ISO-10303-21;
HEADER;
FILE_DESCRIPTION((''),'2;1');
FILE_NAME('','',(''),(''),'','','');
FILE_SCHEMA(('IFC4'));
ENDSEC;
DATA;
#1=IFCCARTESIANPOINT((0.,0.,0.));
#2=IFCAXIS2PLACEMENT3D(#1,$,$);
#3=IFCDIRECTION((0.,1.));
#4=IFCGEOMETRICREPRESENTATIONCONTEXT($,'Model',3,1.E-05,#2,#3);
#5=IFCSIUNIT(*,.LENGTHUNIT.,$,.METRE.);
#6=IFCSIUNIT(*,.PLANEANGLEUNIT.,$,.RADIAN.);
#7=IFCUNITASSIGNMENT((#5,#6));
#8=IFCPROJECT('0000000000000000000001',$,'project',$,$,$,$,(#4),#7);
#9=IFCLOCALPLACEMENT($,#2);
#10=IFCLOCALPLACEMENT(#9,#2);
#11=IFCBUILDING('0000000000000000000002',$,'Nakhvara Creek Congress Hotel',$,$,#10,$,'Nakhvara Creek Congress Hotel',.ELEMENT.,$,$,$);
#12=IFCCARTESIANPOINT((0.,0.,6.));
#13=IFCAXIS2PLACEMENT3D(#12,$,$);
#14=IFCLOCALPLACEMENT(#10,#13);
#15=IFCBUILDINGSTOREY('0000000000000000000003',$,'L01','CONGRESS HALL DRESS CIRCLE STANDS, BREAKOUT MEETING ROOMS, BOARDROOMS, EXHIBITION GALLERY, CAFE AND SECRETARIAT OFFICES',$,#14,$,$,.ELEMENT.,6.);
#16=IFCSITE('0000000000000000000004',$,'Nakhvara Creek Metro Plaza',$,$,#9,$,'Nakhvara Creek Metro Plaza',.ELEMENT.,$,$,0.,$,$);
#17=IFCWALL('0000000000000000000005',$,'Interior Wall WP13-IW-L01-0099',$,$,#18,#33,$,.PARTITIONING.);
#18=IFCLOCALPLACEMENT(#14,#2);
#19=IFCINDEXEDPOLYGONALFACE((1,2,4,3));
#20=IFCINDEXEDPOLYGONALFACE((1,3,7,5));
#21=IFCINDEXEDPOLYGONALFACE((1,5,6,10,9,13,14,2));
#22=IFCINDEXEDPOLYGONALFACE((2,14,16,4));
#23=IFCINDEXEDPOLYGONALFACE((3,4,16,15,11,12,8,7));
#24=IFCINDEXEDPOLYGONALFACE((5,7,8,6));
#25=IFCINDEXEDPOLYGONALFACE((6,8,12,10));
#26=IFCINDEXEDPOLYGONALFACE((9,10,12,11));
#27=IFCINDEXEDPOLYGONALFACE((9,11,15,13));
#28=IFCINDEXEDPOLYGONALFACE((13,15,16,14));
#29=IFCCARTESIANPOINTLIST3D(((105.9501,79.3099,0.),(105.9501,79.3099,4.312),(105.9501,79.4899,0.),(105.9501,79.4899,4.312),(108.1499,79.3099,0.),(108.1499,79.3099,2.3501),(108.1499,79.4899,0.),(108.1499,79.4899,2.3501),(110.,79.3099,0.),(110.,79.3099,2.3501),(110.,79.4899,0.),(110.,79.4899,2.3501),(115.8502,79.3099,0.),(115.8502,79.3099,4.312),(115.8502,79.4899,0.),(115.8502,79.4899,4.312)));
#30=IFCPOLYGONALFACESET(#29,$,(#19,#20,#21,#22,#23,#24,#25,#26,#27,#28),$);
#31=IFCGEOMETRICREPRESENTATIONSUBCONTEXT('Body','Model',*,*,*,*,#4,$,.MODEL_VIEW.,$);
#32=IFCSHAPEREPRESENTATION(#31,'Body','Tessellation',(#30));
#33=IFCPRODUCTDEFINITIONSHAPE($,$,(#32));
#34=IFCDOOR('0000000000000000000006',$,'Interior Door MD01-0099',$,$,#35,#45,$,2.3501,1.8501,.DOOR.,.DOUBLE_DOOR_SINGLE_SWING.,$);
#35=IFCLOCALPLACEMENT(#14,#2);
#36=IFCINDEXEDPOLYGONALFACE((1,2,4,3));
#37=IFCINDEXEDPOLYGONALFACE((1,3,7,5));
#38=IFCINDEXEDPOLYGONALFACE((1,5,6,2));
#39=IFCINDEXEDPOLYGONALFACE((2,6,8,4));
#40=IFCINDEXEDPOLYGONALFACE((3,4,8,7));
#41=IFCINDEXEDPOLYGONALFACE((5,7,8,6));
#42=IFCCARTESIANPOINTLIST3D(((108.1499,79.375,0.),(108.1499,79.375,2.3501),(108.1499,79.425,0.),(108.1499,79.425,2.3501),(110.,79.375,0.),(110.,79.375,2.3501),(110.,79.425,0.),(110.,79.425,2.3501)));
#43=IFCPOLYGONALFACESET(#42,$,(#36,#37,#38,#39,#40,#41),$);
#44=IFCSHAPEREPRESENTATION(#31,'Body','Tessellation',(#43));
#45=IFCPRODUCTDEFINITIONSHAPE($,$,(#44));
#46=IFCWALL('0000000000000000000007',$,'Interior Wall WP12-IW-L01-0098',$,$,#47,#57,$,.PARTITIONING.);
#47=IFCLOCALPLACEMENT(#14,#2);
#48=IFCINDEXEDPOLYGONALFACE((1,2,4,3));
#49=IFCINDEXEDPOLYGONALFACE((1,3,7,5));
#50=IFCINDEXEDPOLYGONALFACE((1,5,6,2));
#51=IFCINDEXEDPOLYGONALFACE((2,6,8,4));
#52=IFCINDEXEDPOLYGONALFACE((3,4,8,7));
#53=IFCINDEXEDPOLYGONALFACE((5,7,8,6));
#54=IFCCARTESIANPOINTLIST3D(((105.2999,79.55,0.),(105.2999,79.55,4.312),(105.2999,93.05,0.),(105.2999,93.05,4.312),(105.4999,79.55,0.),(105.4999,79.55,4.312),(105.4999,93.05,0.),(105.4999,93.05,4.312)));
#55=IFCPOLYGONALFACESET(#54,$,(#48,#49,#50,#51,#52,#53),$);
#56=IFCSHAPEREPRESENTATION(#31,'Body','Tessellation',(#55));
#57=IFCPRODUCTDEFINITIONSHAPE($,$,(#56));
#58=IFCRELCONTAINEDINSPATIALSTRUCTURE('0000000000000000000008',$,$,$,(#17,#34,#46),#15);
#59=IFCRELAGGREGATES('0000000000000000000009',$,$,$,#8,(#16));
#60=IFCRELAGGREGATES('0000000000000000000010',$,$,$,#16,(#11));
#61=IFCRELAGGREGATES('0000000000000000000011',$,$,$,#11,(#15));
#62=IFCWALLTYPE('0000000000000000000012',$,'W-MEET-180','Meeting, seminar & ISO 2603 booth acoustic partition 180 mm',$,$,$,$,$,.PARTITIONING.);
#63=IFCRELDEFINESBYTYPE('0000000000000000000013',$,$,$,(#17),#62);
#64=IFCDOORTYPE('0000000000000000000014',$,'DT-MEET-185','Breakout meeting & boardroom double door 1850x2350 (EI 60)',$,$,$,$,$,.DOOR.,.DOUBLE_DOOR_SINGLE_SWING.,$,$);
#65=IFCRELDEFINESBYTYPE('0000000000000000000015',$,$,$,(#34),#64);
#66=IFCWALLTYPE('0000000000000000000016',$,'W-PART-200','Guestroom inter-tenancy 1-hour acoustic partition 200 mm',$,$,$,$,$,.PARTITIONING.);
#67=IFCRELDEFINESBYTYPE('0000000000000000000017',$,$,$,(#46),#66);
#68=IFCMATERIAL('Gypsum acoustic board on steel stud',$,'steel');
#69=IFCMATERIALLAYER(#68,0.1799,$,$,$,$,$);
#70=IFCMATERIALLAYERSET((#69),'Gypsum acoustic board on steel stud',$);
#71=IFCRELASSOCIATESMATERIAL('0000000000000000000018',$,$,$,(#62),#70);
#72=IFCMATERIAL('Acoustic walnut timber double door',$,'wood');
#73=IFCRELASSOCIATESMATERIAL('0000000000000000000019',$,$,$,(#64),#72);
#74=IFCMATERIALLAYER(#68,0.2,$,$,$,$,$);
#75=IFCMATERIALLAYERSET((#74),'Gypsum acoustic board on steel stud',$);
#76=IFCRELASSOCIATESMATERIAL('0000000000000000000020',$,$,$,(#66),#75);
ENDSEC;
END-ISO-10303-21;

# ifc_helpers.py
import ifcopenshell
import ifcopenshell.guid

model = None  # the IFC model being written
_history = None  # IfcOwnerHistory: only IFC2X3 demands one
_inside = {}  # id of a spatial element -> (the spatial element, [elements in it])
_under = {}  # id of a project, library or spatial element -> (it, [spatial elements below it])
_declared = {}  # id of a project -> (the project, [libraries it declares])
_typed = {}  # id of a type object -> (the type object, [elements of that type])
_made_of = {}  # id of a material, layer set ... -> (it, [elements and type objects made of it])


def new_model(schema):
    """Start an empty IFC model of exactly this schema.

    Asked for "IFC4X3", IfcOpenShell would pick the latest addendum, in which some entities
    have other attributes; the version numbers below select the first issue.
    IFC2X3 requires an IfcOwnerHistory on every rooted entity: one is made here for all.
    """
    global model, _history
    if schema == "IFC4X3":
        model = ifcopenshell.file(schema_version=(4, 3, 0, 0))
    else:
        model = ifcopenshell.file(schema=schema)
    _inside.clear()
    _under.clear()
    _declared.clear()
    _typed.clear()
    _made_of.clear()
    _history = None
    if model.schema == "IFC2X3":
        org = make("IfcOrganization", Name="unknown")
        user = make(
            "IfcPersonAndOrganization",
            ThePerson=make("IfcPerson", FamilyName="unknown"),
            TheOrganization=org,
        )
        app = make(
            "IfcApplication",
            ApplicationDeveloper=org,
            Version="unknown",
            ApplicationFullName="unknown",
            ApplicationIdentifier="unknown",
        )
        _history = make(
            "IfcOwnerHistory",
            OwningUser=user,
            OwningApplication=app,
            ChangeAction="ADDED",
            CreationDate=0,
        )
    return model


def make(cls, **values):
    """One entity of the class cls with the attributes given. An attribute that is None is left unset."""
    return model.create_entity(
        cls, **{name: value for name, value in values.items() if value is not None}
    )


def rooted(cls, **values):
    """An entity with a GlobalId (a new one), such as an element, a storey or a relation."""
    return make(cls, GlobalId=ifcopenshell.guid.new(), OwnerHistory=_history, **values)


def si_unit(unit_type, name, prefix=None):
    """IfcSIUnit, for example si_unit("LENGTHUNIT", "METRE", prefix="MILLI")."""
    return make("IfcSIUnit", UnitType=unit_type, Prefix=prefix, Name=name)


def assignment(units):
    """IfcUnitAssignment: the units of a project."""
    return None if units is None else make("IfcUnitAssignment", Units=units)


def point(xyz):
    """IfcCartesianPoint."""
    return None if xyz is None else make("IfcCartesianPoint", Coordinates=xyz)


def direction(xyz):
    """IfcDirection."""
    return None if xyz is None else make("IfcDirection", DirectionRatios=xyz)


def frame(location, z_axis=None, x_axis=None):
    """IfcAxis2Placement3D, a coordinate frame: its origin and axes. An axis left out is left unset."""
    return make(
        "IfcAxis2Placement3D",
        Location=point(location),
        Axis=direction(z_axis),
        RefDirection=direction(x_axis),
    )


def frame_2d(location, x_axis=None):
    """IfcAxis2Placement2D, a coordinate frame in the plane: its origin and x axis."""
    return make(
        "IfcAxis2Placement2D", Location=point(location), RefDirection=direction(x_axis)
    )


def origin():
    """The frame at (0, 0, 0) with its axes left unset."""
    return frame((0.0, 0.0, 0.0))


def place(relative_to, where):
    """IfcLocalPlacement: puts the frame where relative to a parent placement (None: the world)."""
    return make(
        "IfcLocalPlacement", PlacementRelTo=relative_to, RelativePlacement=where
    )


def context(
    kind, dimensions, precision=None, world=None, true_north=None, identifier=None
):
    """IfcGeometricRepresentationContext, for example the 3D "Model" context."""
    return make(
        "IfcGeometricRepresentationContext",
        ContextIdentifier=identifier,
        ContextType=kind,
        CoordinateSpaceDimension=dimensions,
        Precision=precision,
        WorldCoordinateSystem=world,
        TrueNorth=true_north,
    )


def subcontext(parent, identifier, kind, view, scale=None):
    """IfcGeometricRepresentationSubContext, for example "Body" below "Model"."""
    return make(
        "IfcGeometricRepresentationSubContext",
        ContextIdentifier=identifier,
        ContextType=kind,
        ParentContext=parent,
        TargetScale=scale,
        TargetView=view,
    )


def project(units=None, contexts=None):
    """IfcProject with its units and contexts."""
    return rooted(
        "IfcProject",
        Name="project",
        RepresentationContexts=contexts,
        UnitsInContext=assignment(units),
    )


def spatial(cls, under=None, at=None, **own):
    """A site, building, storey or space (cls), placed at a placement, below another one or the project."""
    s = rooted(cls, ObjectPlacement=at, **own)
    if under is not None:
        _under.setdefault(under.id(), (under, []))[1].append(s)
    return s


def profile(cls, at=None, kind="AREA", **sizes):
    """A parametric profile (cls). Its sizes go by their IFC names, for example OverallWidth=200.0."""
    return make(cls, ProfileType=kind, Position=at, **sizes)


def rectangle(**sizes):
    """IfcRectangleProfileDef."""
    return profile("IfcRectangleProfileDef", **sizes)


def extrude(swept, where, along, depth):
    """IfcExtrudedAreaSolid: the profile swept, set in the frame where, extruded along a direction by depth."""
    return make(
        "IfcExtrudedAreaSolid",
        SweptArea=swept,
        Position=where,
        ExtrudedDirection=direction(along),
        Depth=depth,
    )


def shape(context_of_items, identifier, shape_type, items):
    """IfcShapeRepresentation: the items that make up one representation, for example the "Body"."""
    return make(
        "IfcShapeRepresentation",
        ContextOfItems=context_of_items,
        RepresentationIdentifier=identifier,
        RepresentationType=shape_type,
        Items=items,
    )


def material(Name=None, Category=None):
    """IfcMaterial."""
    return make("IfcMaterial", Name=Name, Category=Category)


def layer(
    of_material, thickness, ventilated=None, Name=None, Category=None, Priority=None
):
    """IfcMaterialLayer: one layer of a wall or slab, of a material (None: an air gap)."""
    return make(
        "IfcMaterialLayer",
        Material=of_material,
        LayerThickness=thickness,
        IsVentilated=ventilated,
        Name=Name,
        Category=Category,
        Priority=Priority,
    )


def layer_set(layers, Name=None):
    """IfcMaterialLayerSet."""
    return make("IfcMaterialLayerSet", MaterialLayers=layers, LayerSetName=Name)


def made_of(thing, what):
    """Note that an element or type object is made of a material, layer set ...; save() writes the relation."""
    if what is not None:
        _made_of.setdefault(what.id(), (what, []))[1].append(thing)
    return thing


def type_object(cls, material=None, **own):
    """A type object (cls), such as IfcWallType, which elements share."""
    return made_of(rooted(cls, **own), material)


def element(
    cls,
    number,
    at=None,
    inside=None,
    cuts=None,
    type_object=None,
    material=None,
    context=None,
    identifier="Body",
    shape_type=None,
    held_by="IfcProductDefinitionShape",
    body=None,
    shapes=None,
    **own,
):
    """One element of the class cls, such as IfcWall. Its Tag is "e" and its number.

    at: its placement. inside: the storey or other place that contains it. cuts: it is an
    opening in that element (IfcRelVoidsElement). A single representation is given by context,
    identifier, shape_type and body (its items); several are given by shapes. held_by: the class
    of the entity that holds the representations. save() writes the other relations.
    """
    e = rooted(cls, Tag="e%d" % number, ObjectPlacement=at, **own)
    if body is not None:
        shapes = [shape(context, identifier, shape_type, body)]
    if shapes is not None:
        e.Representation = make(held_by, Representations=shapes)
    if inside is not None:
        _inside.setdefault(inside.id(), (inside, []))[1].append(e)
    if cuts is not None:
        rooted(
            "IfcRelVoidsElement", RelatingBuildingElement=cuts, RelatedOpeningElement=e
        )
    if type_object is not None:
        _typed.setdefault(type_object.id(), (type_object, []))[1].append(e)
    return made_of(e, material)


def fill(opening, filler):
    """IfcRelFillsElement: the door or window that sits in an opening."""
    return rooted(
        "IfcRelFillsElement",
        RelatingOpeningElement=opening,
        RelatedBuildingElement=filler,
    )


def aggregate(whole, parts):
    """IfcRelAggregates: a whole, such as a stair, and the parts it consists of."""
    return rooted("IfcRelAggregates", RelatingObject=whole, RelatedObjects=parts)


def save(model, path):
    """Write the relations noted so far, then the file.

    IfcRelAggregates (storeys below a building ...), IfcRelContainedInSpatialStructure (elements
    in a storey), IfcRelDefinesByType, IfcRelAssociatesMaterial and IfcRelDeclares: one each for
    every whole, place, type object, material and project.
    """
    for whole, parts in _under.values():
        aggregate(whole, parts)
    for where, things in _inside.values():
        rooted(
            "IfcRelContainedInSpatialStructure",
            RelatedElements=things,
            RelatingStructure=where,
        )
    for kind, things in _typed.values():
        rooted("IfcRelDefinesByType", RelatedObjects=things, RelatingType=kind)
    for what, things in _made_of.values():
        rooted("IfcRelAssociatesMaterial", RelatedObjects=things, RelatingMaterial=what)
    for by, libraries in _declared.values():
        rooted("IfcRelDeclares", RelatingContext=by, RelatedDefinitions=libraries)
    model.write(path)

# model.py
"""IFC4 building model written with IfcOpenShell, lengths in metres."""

from ifc_helpers import new_model, si_unit, direction, frame, frame_2d, origin, place, context, subcontext, project, spatial, rectangle, extrude, material, layer, layer_set, type_object, element, fill, save


model = new_model("IFC4")

# Units and contexts
model_context = context("Model", 3, precision=1e-05, world=origin(), true_north=direction((0.0, 1.0)))
body_context = subcontext(model_context, "Body", "Model", "MODEL_VIEW")
ifc_project = project(units=[si_unit("LENGTHUNIT", "METRE"), si_unit("PLANEANGLEUNIT", "RADIAN")], contexts=[model_context])

# Site, building, storey
site_placement = place(None, origin())
site = spatial("IfcSite", under=ifc_project, at=site_placement, Name="Nakhvara Creek Metro Plaza", LongName="Nakhvara Creek Metro Plaza", CompositionType="ELEMENT", RefElevation=0.0)
building_placement = place(site_placement, origin())
building = spatial("IfcBuilding", under=site, at=building_placement, Name="Nakhvara Creek Congress Hotel", LongName="Nakhvara Creek Congress Hotel", CompositionType="ELEMENT")
storey_placement = place(building_placement, frame((0.0, 0.0, 6.0)))
storey = spatial("IfcBuildingStorey", under=building, at=storey_placement, Name="L01", Description="CONGRESS HALL DRESS CIRCLE STANDS, BREAKOUT MEETING ROOMS, BOARDROOMS, EXHIBITION GALLERY, CAFE AND SECRETARIAT OFFICES", CompositionType="ELEMENT", Elevation=6.0)

# Wall, opening, door
ifc_material_1 = material(Name="Gypsum acoustic board on steel stud", Category="steel")
ifc_layer_1 = layer(ifc_material_1, 0.1799)
ifc_layer_set_1 = layer_set([ifc_layer_1], Name="Gypsum acoustic board on steel stud")
wall_type_1 = type_object("IfcWallType", Name="W-MEET-180", Description="Meeting, seminar & ISO 2603 booth acoustic partition 180 mm", PredefinedType="PARTITIONING", material=ifc_layer_set_1)
wall_1_placement = place(storey_placement, frame((105.95, 79.3999, 0.0), z_axis=(0.0, 0.0, 1.0), x_axis=(1.0, 0.0, 0.0)))
wall_1 = element("IfcWall", 1, at=wall_1_placement, inside=storey, type_object=wall_type_1, Name="Interior Wall WP13-IW-L01-0099", PredefinedType="PARTITIONING", context=body_context, shape_type="SweptSolid", body=[
    extrude(rectangle(XDim=9.9001, YDim=0.1799, at=frame_2d((4.9502, 0.0))), origin(), (0.0, 0.0, 1.0), 4.312),
])
opening_placement = place(wall_1_placement, frame((2.2, 0.0, 0.0)))
opening = element("IfcOpeningElement", 2, at=opening_placement, cuts=wall_1, PredefinedType="OPENING", context=body_context, shape_type="SweptSolid", body=[
    extrude(rectangle(XDim=1.8501, YDim=2.3501, at=frame_2d((0.925, 1.175))), frame((0.0, 0.1021, 0.0), z_axis=(0.0, -1.0, 0.0), x_axis=(1.0, 0.0, 0.0)), (0.0, 0.0, 1.0), 0.2039),
])
ifc_material_2 = material(Name="Acoustic walnut timber double door", Category="wood")
door_type = type_object("IfcDoorType", Name="DT-MEET-185", Description="Breakout meeting & boardroom double door 1850x2350 (EI 60)", OperationType="DOUBLE_DOOR_SINGLE_SWING", PredefinedType="DOOR", material=ifc_material_2)
door_placement = place(opening_placement, frame((1.8501, 0.0, 0.0), z_axis=(0.0, 0.0, 1.0), x_axis=(-1.0, 0.0, 0.0)))
door = element("IfcDoor", 3, at=door_placement, inside=storey, type_object=door_type, Name="Interior Door MD01-0099", OperationType="DOUBLE_DOOR_SINGLE_SWING", OverallHeight=2.3501, OverallWidth=1.8501, PredefinedType="DOOR", context=body_context, shape_type="SweptSolid", body=[
    extrude(rectangle(XDim=1.8501, YDim=2.3501, at=frame_2d((0.925, 1.175))), frame((0.0, 0.0249, 0.0), z_axis=(0.0, -1.0, 0.0), x_axis=(1.0, 0.0, 0.0)), (0.0, 0.0, 1.0), 0.05),
])
fill(opening, door)

# Wall
ifc_layer_2 = layer(ifc_material_1, 0.2)
ifc_layer_set_2 = layer_set([ifc_layer_2], Name="Gypsum acoustic board on steel stud")
wall_type_2 = type_object("IfcWallType", Name="W-PART-200", Description="Guestroom inter-tenancy 1-hour acoustic partition 200 mm", PredefinedType="PARTITIONING", material=ifc_layer_set_2)
wall_2_placement = place(storey_placement, frame((105.3999, 79.55, 0.0), z_axis=(0.0, 0.0, 1.0), x_axis=(0.0, 1.0, 0.0)))
element("IfcWall", 4, at=wall_2_placement, inside=storey, type_object=wall_type_2, Name="Interior Wall WP12-IW-L01-0098", PredefinedType="PARTITIONING", context=body_context, shape_type="SweptSolid", body=[
    extrude(rectangle(XDim=13.5, YDim=0.2, at=frame_2d((6.75, 0.0))), origin(), (0.0, 0.0, 1.0), 4.312),
])

save(model, "model.ifc")
